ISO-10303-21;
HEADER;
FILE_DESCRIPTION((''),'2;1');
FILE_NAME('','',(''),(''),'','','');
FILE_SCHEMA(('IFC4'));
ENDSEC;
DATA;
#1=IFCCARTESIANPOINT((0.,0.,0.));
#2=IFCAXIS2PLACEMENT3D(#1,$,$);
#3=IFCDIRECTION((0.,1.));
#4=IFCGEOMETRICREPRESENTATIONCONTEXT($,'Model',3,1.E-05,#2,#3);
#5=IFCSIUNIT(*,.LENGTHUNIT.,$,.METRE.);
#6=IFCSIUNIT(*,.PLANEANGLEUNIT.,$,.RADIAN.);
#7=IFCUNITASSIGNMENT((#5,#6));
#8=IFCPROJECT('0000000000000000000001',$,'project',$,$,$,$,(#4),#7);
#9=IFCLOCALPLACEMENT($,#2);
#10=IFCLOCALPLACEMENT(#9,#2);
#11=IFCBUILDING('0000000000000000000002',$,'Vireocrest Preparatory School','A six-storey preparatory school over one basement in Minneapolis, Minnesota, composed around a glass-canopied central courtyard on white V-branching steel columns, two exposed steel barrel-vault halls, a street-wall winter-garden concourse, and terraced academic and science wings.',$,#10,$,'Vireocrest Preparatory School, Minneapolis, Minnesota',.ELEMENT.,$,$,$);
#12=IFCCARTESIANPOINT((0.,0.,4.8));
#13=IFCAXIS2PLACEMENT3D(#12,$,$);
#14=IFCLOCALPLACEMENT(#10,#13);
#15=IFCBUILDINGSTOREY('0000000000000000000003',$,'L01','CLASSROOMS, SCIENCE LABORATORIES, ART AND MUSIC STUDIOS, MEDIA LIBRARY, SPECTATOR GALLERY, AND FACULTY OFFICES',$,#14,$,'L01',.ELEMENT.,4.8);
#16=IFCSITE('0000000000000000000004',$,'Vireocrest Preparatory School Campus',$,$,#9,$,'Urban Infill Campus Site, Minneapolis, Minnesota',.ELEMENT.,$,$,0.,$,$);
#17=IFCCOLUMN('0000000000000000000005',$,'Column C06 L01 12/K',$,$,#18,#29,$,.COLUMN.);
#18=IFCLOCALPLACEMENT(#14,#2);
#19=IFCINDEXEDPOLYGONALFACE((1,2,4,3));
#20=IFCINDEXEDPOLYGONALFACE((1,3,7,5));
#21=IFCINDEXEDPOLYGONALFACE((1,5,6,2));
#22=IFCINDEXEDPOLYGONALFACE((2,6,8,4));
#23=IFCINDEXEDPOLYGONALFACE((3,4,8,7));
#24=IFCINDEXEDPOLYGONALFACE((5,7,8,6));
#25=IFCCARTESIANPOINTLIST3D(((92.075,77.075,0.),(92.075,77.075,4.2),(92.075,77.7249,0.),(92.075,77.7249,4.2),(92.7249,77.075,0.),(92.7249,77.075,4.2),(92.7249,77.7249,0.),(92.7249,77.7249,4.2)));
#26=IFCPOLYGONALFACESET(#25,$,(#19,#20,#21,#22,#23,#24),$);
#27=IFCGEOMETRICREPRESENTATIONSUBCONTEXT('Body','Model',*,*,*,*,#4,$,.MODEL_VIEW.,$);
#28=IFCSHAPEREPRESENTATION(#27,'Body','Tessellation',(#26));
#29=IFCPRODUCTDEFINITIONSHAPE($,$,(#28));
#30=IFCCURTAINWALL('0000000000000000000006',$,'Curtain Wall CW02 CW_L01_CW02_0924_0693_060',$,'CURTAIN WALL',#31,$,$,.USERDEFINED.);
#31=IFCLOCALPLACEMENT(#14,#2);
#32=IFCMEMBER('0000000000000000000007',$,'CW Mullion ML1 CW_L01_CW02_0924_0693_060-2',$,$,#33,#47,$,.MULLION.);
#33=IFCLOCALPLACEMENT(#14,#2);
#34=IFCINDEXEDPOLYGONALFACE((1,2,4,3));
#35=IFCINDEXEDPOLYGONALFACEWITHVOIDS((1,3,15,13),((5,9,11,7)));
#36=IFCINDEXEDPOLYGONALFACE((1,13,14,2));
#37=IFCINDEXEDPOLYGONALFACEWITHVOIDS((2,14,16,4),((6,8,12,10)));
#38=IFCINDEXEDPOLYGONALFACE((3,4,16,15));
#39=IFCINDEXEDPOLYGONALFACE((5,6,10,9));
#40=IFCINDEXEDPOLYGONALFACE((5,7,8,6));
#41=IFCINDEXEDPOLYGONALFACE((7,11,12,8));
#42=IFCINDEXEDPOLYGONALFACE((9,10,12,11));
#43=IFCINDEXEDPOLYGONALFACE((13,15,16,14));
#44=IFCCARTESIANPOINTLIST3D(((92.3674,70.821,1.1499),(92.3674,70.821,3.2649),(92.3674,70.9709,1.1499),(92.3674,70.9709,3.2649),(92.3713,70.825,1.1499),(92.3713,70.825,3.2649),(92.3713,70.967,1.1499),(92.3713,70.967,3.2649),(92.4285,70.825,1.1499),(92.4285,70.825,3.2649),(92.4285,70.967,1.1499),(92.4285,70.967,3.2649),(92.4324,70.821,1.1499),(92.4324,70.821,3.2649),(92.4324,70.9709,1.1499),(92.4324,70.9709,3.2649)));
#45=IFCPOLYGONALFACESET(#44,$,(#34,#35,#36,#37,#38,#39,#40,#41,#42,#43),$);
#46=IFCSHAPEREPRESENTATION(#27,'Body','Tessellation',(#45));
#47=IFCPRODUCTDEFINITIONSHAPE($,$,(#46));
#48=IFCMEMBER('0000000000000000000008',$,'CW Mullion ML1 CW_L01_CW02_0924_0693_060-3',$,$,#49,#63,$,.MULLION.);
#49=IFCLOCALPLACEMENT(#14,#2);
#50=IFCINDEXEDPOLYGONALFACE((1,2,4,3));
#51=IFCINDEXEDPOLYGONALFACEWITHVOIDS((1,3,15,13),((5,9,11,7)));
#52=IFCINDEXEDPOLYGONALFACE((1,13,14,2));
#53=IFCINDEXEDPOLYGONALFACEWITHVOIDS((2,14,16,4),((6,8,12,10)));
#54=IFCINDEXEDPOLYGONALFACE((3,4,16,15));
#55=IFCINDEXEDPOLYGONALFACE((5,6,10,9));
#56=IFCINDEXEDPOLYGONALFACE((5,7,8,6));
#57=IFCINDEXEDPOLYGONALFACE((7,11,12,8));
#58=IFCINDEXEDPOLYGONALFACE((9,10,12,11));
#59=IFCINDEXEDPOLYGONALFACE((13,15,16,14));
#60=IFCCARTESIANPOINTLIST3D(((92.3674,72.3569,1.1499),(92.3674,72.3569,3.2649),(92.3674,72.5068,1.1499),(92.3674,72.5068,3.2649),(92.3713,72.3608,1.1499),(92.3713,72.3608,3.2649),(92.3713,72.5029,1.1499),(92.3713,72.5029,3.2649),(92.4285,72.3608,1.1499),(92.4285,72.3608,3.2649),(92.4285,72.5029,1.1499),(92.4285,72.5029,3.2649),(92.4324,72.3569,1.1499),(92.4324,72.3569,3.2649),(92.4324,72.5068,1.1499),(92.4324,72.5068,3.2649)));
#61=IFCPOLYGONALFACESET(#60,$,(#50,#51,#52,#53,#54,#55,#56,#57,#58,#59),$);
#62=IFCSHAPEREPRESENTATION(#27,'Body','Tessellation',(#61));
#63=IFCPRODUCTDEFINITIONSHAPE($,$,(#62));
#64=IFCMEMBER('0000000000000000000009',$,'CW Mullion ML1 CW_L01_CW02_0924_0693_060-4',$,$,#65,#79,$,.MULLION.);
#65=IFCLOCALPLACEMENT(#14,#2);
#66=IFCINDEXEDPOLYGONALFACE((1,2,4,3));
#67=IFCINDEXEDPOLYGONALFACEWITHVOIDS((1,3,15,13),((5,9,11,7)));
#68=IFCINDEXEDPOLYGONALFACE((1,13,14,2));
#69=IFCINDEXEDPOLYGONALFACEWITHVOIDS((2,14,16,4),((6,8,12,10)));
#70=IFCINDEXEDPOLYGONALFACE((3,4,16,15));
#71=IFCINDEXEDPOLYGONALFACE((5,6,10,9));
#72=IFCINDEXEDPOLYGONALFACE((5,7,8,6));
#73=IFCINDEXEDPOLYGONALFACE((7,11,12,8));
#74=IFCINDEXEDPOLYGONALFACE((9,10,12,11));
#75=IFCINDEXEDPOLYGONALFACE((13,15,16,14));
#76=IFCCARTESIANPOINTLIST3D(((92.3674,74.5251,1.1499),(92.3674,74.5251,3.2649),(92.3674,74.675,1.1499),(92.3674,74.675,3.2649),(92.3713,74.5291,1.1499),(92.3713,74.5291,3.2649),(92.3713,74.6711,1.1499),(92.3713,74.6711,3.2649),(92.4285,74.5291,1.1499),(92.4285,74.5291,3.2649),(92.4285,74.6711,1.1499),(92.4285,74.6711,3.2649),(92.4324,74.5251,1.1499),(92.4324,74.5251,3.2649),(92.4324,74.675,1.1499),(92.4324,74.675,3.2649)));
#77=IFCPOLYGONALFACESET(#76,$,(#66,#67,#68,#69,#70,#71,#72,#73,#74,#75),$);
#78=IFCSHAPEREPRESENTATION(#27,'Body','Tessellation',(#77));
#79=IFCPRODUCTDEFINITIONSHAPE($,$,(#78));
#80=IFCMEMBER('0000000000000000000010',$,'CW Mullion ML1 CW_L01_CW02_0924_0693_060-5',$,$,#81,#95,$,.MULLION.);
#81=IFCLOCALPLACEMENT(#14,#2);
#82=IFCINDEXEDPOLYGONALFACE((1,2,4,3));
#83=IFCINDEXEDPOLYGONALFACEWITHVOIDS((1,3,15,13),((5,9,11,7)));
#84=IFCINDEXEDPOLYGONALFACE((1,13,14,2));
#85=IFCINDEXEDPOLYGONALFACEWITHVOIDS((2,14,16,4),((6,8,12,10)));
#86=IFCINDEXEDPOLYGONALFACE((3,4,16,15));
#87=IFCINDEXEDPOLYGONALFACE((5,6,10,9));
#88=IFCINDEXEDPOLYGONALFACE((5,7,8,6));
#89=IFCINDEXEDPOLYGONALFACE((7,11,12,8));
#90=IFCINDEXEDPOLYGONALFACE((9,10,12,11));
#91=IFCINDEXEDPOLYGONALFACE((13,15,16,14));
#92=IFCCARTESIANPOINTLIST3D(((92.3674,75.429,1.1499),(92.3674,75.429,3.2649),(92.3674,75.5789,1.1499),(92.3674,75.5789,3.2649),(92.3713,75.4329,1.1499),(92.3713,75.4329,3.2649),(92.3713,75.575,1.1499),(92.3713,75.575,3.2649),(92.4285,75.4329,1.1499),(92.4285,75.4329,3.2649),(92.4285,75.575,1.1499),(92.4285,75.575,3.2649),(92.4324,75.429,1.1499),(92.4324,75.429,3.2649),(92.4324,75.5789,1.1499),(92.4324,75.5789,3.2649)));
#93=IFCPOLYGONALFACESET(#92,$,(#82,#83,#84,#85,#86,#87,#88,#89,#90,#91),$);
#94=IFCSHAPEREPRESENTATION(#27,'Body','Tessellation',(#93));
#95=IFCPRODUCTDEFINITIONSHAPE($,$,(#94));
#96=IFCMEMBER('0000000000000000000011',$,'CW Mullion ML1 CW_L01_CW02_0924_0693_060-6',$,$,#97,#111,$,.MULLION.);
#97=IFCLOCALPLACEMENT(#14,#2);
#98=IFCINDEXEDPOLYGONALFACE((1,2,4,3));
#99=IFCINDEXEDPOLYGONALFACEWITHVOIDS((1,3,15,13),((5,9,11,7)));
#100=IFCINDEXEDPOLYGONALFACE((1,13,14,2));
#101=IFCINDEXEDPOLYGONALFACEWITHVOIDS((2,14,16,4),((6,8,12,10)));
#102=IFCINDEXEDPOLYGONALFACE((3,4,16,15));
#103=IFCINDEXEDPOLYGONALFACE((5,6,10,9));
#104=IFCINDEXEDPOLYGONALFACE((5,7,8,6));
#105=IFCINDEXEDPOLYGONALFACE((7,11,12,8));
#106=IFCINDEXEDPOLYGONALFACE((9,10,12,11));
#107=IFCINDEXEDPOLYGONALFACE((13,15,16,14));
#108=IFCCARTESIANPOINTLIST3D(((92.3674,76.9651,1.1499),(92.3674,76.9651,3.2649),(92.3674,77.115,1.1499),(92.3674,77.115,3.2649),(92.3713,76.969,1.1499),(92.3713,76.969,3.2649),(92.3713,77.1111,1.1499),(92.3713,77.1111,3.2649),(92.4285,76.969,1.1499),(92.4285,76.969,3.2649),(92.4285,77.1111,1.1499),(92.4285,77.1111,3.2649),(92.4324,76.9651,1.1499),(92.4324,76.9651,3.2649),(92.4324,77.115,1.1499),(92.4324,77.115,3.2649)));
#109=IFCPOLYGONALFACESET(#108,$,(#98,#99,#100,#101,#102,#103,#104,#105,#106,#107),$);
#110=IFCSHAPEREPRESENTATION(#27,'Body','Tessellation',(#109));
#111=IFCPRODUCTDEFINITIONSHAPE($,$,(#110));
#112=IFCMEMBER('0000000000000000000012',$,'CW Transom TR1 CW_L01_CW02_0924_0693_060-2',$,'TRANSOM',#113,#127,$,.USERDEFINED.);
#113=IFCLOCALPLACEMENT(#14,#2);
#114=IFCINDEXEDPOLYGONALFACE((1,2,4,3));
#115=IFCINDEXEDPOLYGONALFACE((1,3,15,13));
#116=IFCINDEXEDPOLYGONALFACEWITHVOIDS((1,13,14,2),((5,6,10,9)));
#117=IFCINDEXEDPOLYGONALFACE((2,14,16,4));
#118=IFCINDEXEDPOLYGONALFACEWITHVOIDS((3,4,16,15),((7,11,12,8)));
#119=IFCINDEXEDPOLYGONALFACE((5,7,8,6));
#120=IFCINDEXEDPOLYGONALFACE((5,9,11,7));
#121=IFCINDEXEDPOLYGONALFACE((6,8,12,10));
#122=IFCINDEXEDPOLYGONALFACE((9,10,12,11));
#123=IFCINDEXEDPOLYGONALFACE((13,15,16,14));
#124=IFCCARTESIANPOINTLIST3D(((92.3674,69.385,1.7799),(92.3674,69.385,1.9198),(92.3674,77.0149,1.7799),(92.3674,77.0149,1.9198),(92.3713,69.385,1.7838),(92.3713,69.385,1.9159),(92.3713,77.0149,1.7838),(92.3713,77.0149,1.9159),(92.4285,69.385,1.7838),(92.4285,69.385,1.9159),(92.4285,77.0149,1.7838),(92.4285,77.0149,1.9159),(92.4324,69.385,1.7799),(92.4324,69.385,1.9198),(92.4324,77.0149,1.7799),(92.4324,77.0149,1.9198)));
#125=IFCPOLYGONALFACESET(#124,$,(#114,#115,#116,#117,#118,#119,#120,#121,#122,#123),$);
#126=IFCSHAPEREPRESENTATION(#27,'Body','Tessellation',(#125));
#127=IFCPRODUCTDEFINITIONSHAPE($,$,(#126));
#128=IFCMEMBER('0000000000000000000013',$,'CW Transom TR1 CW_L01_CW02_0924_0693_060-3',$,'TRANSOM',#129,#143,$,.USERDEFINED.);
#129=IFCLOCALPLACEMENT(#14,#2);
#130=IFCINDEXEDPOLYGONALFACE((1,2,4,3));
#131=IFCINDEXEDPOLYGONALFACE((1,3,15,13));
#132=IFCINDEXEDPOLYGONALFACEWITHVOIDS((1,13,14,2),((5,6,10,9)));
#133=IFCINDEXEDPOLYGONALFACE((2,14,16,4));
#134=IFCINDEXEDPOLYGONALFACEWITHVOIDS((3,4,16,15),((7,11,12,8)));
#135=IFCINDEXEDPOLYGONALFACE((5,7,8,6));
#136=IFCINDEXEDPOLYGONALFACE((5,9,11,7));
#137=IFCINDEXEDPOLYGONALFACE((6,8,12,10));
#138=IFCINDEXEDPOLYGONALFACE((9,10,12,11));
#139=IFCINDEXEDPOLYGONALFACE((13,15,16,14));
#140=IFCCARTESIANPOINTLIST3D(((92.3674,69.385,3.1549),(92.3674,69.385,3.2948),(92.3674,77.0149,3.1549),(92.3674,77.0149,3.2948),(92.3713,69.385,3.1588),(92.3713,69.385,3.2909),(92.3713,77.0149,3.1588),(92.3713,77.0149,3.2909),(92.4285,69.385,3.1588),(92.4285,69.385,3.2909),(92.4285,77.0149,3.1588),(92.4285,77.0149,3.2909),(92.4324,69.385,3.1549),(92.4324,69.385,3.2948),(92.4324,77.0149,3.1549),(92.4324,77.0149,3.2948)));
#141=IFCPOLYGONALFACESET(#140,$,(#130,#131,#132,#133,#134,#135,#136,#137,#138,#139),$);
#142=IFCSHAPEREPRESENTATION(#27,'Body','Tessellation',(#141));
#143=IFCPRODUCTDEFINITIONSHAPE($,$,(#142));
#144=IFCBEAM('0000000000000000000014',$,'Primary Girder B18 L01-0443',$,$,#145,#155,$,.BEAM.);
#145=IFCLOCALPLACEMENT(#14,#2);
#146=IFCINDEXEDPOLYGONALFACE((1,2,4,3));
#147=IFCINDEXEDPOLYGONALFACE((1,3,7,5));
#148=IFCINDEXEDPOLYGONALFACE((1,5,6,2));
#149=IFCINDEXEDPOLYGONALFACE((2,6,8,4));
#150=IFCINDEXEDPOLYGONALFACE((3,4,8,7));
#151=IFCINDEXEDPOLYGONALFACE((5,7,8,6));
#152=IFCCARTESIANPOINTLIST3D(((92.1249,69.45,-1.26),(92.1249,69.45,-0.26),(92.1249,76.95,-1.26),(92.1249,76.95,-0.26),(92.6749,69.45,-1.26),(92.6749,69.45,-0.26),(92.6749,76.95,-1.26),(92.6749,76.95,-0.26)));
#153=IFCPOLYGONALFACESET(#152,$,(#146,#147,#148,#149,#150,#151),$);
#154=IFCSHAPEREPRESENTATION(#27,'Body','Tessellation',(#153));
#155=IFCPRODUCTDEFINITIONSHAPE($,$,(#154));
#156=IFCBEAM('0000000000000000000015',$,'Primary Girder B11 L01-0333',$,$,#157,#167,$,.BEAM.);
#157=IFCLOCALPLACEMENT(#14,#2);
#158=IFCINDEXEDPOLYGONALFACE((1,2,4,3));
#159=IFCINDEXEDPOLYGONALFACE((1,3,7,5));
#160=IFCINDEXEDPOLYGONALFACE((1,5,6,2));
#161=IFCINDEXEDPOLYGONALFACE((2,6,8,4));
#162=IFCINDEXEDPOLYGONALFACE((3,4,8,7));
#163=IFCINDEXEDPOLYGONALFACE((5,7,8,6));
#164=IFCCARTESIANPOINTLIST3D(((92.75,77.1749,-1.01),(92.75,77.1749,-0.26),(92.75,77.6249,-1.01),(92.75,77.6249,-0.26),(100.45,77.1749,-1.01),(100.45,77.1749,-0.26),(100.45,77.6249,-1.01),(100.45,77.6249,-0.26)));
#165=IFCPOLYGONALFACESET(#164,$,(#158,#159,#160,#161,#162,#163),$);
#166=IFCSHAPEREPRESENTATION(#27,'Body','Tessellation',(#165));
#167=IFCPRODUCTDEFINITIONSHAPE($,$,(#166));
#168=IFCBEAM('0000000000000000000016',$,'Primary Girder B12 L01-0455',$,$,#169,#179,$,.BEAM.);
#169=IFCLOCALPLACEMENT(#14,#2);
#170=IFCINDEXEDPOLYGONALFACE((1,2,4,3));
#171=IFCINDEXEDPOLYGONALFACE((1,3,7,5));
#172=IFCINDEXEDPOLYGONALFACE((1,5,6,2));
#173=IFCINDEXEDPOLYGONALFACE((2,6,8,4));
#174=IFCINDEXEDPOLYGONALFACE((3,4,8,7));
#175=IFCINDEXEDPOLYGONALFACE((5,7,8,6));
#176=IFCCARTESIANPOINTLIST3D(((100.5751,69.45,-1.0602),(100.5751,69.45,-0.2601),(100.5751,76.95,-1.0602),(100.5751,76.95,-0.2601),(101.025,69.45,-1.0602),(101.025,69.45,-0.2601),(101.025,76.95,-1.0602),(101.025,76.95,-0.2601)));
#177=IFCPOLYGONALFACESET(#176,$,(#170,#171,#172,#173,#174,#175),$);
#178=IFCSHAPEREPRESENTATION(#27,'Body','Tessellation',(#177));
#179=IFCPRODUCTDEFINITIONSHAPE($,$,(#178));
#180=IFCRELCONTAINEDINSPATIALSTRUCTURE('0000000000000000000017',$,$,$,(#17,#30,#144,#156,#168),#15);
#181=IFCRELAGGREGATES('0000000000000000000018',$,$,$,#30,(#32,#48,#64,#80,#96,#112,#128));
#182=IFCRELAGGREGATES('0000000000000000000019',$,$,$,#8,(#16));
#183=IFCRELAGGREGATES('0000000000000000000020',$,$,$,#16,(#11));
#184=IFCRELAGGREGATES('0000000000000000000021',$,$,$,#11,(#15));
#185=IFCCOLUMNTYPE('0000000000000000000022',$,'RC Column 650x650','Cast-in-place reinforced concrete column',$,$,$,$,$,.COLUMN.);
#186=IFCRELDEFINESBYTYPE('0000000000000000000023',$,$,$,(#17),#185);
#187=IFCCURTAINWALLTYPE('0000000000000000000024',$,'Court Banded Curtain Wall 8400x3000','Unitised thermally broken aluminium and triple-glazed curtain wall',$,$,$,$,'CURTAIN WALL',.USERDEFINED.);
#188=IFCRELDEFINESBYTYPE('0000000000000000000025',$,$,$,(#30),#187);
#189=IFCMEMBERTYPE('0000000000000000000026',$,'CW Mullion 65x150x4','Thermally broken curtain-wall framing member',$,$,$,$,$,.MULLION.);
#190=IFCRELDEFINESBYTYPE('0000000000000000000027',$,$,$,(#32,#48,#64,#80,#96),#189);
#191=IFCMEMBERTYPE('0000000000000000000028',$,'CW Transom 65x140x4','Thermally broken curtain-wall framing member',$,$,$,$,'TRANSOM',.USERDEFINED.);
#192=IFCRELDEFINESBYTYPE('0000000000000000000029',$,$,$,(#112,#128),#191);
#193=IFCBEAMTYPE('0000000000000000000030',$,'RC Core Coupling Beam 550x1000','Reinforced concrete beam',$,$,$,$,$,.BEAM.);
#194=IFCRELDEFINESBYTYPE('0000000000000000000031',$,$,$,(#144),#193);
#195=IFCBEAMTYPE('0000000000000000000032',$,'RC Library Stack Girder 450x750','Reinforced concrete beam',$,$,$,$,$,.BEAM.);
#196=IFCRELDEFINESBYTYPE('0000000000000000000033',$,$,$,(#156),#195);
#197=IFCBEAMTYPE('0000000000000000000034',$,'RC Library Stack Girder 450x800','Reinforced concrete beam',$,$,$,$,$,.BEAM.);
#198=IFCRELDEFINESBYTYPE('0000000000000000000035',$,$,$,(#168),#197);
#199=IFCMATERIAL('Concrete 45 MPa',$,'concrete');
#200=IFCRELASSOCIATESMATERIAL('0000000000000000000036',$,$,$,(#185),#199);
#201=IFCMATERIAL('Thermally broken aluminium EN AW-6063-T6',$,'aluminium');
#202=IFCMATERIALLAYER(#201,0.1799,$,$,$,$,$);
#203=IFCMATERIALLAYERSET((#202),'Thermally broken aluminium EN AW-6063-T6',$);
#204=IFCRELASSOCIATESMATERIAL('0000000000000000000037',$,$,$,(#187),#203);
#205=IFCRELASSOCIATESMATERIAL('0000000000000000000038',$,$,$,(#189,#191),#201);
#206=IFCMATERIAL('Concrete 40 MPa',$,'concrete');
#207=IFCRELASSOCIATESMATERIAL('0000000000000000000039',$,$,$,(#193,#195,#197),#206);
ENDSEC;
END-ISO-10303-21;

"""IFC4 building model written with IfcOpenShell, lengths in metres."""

from ifc_helpers import new_model, si_unit, direction, frame, origin, origin_2d, place, context, subcontext, project, spatial, rectangle, hollow_rectangle, extrude, material, layer, layer_set, material_profile, profile_set, type_object, element, aggregate, save


model = new_model("IFC4")

# Units and contexts
model_context = context("Model", 3, precision=1e-05, world=origin(), true_north=direction((0.0, 1.0)))
body_context = subcontext(model_context, "Body", "Model", "MODEL_VIEW")
ifc_project = project(units=[si_unit("LENGTHUNIT", "METRE"), si_unit("PLANEANGLEUNIT", "RADIAN")], contexts=[model_context])

# Site, building, storey
site_placement = place(None, origin())
site = spatial("IfcSite", under=ifc_project, at=site_placement, Name="Vireocrest Preparatory School Campus", LongName="Urban Infill Campus Site, Minneapolis, Minnesota", CompositionType="ELEMENT", RefElevation=0.0)
building_placement = place(site_placement, origin())
building = spatial("IfcBuilding", under=site, at=building_placement, Name="Vireocrest Preparatory School", Description="A six-storey preparatory school over one basement in Minneapolis, Minnesota, composed around a glass-canopied central courtyard on white V-branching steel columns, two exposed steel barrel-vault halls, a street-wall winter-garden concourse, and terraced academic and science wings.", LongName="Vireocrest Preparatory School, Minneapolis, Minnesota", CompositionType="ELEMENT")
storey_placement = place(building_placement, frame((0.0, 0.0, 4.8)))
storey = spatial("IfcBuildingStorey", under=building, at=storey_placement, Name="L01", Description="CLASSROOMS, SCIENCE LABORATORIES, ART AND MUSIC STUDIOS, MEDIA LIBRARY, SPECTATOR GALLERY, AND FACULTY OFFICES", LongName="L01", CompositionType="ELEMENT", Elevation=4.8)

# Column
ifc_material_1 = material(Name="Concrete 45 MPa", Category="concrete")
ifc_material_profile_1 = material_profile(ifc_material_1, rectangle(XDim=0.6499, YDim=0.6499, at=origin_2d()), Name="RC 650x650")
ifc_profile_set_1 = profile_set([ifc_material_profile_1], Name="Concrete 45 MPa")
column_type = type_object("IfcColumnType", Name="RC Column 650x650", Description="Cast-in-place reinforced concrete column", PredefinedType="COLUMN", material=ifc_profile_set_1)
column_placement = place(storey_placement, frame((92.3999, 77.3999, 0.0), z_axis=(0.0, 0.0, 1.0), x_axis=(1.0, 0.0, 0.0)))
element("IfcColumn", 1, at=column_placement, inside=storey, type_object=column_type, Name="Column C06 L01 12/K", PredefinedType="COLUMN", context=body_context, shape_type="SweptSolid", body=[
    extrude(rectangle(XDim=0.6499, YDim=0.6499, at=origin_2d()), origin(), (0.0, 0.0, 1.0), 4.2),
])

# Curtain wall, members
ifc_material_2 = material(Name="Thermally broken aluminium EN AW-6063-T6", Category="aluminium")
ifc_layer_1 = layer(ifc_material_2, 0.1799)
ifc_layer_set_1 = layer_set([ifc_layer_1], Name="Thermally broken aluminium EN AW-6063-T6")
curtain_wall_type = type_object("IfcCurtainWallType", Name="Court Banded Curtain Wall 8400x3000", Description="Unitised thermally broken aluminium and triple-glazed curtain wall", ElementType="CURTAIN WALL", PredefinedType="USERDEFINED", material=ifc_layer_set_1)
curtain_wall_placement = place(storey_placement, origin())
curtain_wall = element("IfcCurtainWall", 2, at=curtain_wall_placement, inside=storey, type_object=curtain_wall_type, Name="Curtain Wall CW02 CW_L01_CW02_0924_0693_060", ObjectType="CURTAIN WALL", PredefinedType="USERDEFINED")
ifc_material_profile_2 = material_profile(ifc_material_2, hollow_rectangle(XDim=0.0649, YDim=0.1499, WallThickness=0.0039, at=origin_2d()), Name="ALU 65x150x4")
ifc_profile_set_2 = profile_set([ifc_material_profile_2], Name="Thermally broken aluminium EN AW-6063-T6")
member_type_1 = type_object("IfcMemberType", Name="CW Mullion 65x150x4", Description="Thermally broken curtain-wall framing member", PredefinedType="MULLION", material=ifc_profile_set_2)
member_1_placement = place(storey_placement, frame((92.3999, 70.896, 1.1499), z_axis=(0.0, 0.0, 1.0), x_axis=(1.0, 0.0, 0.0)))
member_1 = element("IfcMember", 3, at=member_1_placement, type_object=member_type_1, Name="CW Mullion ML1 CW_L01_CW02_0924_0693_060-2", PredefinedType="MULLION", context=body_context, shape_type="SweptSolid", body=[
    extrude(hollow_rectangle(XDim=0.0649, YDim=0.1499, WallThickness=0.0039, at=origin_2d()), origin(), (0.0, 0.0, 1.0), 2.115),
])
member_2_placement = place(storey_placement, frame((92.3999, 72.4319, 1.1499), z_axis=(0.0, 0.0, 1.0), x_axis=(1.0, 0.0, 0.0)))
member_2 = element("IfcMember", 4, at=member_2_placement, type_object=member_type_1, Name="CW Mullion ML1 CW_L01_CW02_0924_0693_060-3", PredefinedType="MULLION", context=body_context, shape_type="SweptSolid", body=[
    extrude(hollow_rectangle(XDim=0.0649, YDim=0.1499, WallThickness=0.0039, at=origin_2d()), origin(), (0.0, 0.0, 1.0), 2.115),
])
member_3_placement = place(storey_placement, frame((92.3999, 74.6001, 1.1499), z_axis=(0.0, 0.0, 1.0), x_axis=(1.0, 0.0, 0.0)))
member_3 = element("IfcMember", 5, at=member_3_placement, type_object=member_type_1, Name="CW Mullion ML1 CW_L01_CW02_0924_0693_060-4", PredefinedType="MULLION", context=body_context, shape_type="SweptSolid", body=[
    extrude(hollow_rectangle(XDim=0.0649, YDim=0.1499, WallThickness=0.0039, at=origin_2d()), origin(), (0.0, 0.0, 1.0), 2.115),
])
member_4_placement = place(storey_placement, frame((92.3999, 75.5039, 1.1499), z_axis=(0.0, 0.0, 1.0), x_axis=(1.0, 0.0, 0.0)))
member_4 = element("IfcMember", 6, at=member_4_placement, type_object=member_type_1, Name="CW Mullion ML1 CW_L01_CW02_0924_0693_060-5", PredefinedType="MULLION", context=body_context, shape_type="SweptSolid", body=[
    extrude(hollow_rectangle(XDim=0.0649, YDim=0.1499, WallThickness=0.0039, at=origin_2d()), origin(), (0.0, 0.0, 1.0), 2.115),
])
member_5_placement = place(storey_placement, frame((92.3999, 77.04, 1.1499), z_axis=(0.0, 0.0, 1.0), x_axis=(1.0, 0.0, 0.0)))
member_5 = element("IfcMember", 7, at=member_5_placement, type_object=member_type_1, Name="CW Mullion ML1 CW_L01_CW02_0924_0693_060-6", PredefinedType="MULLION", context=body_context, shape_type="SweptSolid", body=[
    extrude(hollow_rectangle(XDim=0.0649, YDim=0.1499, WallThickness=0.0039, at=origin_2d()), origin(), (0.0, 0.0, 1.0), 2.115),
])
ifc_material_profile_3 = material_profile(ifc_material_2, hollow_rectangle(XDim=0.0649, YDim=0.1399, WallThickness=0.0039, at=origin_2d()), Name="ALU 65x140x4")
ifc_profile_set_3 = profile_set([ifc_material_profile_3], Name="Thermally broken aluminium EN AW-6063-T6")
member_type_2 = type_object("IfcMemberType", Name="CW Transom 65x140x4", Description="Thermally broken curtain-wall framing member", ElementType="TRANSOM", PredefinedType="USERDEFINED", material=ifc_profile_set_3)
member_6_placement = place(storey_placement, frame((92.3999, 69.385, 1.8499), z_axis=(0.0, 1.0, 0.0), x_axis=(-1.0, 0.0, 0.0)))
member_6 = element("IfcMember", 8, at=member_6_placement, type_object=member_type_2, Name="CW Transom TR1 CW_L01_CW02_0924_0693_060-2", ObjectType="TRANSOM", PredefinedType="USERDEFINED", context=body_context, shape_type="SweptSolid", body=[
    extrude(hollow_rectangle(XDim=0.0649, YDim=0.1399, WallThickness=0.0039, at=origin_2d()), origin(), (0.0, 0.0, 1.0), 7.6299),
])
member_7_placement = place(storey_placement, frame((92.3999, 69.385, 3.2249), z_axis=(0.0, 1.0, 0.0), x_axis=(-1.0, 0.0, 0.0)))
member_7 = element("IfcMember", 9, at=member_7_placement, type_object=member_type_2, Name="CW Transom TR1 CW_L01_CW02_0924_0693_060-3", ObjectType="TRANSOM", PredefinedType="USERDEFINED", context=body_context, shape_type="SweptSolid", body=[
    extrude(hollow_rectangle(XDim=0.0649, YDim=0.1399, WallThickness=0.0039, at=origin_2d()), origin(), (0.0, 0.0, 1.0), 7.6299),
])

# Beams
ifc_material_3 = material(Name="Concrete 40 MPa", Category="concrete")
ifc_material_profile_4 = material_profile(ifc_material_3, rectangle(XDim=0.55, YDim=1.0, at=origin_2d()), Name="RC 550x1000")
ifc_profile_set_4 = profile_set([ifc_material_profile_4], Name="Concrete 40 MPa")
beam_type_1 = type_object("IfcBeamType", Name="RC Core Coupling Beam 550x1000", Description="Reinforced concrete beam", PredefinedType="BEAM", material=ifc_profile_set_4)
beam_1_placement = place(storey_placement, frame((92.3999, 69.45, -0.76), z_axis=(0.0, 1.0, 0.0), x_axis=(-1.0, 0.0, 0.0)))
element("IfcBeam", 10, at=beam_1_placement, inside=storey, type_object=beam_type_1, Name="Primary Girder B18 L01-0443", PredefinedType="BEAM", context=body_context, shape_type="SweptSolid", body=[
    extrude(rectangle(XDim=0.55, YDim=1.0, at=origin_2d()), origin(), (0.0, 0.0, 1.0), 7.5),
])
ifc_material_profile_5 = material_profile(ifc_material_3, rectangle(XDim=0.45, YDim=0.75, at=origin_2d()), Name="RC 450x750")
ifc_profile_set_5 = profile_set([ifc_material_profile_5], Name="Concrete 40 MPa")
beam_type_2 = type_object("IfcBeamType", Name="RC Library Stack Girder 450x750", Description="Reinforced concrete beam", PredefinedType="BEAM", material=ifc_profile_set_5)
beam_2_placement = place(storey_placement, frame((92.75, 77.3999, -0.635), z_axis=(1.0, 0.0, 0.0), x_axis=(0.0, 1.0, 0.0)))
element("IfcBeam", 11, at=beam_2_placement, inside=storey, type_object=beam_type_2, Name="Primary Girder B11 L01-0333", PredefinedType="BEAM", context=body_context, shape_type="SweptSolid", body=[
    extrude(rectangle(XDim=0.45, YDim=0.75, at=origin_2d()), origin(), (0.0, 0.0, 1.0), 7.7),
])
ifc_material_profile_6 = material_profile(ifc_material_3, rectangle(XDim=0.45, YDim=0.8, at=origin_2d()), Name="RC 450x800")
ifc_profile_set_6 = profile_set([ifc_material_profile_6], Name="Concrete 40 MPa")
beam_type_3 = type_object("IfcBeamType", Name="RC Library Stack Girder 450x800", Description="Reinforced concrete beam", PredefinedType="BEAM", material=ifc_profile_set_6)
beam_3_placement = place(storey_placement, frame((100.8, 69.45, -0.6602), z_axis=(0.0, 1.0, 0.0), x_axis=(-1.0, 0.0, 0.0)))
element("IfcBeam", 12, at=beam_3_placement, inside=storey, type_object=beam_type_3, Name="Primary Girder B12 L01-0455", PredefinedType="BEAM", context=body_context, shape_type="SweptSolid", body=[
    extrude(rectangle(XDim=0.45, YDim=0.8, at=origin_2d()), origin(), (0.0, 0.0, 1.0), 7.5),
])

aggregate(curtain_wall, [member_1, member_2, member_3, member_4, member_5, member_6, member_7])

save(model, "model.ifc")
